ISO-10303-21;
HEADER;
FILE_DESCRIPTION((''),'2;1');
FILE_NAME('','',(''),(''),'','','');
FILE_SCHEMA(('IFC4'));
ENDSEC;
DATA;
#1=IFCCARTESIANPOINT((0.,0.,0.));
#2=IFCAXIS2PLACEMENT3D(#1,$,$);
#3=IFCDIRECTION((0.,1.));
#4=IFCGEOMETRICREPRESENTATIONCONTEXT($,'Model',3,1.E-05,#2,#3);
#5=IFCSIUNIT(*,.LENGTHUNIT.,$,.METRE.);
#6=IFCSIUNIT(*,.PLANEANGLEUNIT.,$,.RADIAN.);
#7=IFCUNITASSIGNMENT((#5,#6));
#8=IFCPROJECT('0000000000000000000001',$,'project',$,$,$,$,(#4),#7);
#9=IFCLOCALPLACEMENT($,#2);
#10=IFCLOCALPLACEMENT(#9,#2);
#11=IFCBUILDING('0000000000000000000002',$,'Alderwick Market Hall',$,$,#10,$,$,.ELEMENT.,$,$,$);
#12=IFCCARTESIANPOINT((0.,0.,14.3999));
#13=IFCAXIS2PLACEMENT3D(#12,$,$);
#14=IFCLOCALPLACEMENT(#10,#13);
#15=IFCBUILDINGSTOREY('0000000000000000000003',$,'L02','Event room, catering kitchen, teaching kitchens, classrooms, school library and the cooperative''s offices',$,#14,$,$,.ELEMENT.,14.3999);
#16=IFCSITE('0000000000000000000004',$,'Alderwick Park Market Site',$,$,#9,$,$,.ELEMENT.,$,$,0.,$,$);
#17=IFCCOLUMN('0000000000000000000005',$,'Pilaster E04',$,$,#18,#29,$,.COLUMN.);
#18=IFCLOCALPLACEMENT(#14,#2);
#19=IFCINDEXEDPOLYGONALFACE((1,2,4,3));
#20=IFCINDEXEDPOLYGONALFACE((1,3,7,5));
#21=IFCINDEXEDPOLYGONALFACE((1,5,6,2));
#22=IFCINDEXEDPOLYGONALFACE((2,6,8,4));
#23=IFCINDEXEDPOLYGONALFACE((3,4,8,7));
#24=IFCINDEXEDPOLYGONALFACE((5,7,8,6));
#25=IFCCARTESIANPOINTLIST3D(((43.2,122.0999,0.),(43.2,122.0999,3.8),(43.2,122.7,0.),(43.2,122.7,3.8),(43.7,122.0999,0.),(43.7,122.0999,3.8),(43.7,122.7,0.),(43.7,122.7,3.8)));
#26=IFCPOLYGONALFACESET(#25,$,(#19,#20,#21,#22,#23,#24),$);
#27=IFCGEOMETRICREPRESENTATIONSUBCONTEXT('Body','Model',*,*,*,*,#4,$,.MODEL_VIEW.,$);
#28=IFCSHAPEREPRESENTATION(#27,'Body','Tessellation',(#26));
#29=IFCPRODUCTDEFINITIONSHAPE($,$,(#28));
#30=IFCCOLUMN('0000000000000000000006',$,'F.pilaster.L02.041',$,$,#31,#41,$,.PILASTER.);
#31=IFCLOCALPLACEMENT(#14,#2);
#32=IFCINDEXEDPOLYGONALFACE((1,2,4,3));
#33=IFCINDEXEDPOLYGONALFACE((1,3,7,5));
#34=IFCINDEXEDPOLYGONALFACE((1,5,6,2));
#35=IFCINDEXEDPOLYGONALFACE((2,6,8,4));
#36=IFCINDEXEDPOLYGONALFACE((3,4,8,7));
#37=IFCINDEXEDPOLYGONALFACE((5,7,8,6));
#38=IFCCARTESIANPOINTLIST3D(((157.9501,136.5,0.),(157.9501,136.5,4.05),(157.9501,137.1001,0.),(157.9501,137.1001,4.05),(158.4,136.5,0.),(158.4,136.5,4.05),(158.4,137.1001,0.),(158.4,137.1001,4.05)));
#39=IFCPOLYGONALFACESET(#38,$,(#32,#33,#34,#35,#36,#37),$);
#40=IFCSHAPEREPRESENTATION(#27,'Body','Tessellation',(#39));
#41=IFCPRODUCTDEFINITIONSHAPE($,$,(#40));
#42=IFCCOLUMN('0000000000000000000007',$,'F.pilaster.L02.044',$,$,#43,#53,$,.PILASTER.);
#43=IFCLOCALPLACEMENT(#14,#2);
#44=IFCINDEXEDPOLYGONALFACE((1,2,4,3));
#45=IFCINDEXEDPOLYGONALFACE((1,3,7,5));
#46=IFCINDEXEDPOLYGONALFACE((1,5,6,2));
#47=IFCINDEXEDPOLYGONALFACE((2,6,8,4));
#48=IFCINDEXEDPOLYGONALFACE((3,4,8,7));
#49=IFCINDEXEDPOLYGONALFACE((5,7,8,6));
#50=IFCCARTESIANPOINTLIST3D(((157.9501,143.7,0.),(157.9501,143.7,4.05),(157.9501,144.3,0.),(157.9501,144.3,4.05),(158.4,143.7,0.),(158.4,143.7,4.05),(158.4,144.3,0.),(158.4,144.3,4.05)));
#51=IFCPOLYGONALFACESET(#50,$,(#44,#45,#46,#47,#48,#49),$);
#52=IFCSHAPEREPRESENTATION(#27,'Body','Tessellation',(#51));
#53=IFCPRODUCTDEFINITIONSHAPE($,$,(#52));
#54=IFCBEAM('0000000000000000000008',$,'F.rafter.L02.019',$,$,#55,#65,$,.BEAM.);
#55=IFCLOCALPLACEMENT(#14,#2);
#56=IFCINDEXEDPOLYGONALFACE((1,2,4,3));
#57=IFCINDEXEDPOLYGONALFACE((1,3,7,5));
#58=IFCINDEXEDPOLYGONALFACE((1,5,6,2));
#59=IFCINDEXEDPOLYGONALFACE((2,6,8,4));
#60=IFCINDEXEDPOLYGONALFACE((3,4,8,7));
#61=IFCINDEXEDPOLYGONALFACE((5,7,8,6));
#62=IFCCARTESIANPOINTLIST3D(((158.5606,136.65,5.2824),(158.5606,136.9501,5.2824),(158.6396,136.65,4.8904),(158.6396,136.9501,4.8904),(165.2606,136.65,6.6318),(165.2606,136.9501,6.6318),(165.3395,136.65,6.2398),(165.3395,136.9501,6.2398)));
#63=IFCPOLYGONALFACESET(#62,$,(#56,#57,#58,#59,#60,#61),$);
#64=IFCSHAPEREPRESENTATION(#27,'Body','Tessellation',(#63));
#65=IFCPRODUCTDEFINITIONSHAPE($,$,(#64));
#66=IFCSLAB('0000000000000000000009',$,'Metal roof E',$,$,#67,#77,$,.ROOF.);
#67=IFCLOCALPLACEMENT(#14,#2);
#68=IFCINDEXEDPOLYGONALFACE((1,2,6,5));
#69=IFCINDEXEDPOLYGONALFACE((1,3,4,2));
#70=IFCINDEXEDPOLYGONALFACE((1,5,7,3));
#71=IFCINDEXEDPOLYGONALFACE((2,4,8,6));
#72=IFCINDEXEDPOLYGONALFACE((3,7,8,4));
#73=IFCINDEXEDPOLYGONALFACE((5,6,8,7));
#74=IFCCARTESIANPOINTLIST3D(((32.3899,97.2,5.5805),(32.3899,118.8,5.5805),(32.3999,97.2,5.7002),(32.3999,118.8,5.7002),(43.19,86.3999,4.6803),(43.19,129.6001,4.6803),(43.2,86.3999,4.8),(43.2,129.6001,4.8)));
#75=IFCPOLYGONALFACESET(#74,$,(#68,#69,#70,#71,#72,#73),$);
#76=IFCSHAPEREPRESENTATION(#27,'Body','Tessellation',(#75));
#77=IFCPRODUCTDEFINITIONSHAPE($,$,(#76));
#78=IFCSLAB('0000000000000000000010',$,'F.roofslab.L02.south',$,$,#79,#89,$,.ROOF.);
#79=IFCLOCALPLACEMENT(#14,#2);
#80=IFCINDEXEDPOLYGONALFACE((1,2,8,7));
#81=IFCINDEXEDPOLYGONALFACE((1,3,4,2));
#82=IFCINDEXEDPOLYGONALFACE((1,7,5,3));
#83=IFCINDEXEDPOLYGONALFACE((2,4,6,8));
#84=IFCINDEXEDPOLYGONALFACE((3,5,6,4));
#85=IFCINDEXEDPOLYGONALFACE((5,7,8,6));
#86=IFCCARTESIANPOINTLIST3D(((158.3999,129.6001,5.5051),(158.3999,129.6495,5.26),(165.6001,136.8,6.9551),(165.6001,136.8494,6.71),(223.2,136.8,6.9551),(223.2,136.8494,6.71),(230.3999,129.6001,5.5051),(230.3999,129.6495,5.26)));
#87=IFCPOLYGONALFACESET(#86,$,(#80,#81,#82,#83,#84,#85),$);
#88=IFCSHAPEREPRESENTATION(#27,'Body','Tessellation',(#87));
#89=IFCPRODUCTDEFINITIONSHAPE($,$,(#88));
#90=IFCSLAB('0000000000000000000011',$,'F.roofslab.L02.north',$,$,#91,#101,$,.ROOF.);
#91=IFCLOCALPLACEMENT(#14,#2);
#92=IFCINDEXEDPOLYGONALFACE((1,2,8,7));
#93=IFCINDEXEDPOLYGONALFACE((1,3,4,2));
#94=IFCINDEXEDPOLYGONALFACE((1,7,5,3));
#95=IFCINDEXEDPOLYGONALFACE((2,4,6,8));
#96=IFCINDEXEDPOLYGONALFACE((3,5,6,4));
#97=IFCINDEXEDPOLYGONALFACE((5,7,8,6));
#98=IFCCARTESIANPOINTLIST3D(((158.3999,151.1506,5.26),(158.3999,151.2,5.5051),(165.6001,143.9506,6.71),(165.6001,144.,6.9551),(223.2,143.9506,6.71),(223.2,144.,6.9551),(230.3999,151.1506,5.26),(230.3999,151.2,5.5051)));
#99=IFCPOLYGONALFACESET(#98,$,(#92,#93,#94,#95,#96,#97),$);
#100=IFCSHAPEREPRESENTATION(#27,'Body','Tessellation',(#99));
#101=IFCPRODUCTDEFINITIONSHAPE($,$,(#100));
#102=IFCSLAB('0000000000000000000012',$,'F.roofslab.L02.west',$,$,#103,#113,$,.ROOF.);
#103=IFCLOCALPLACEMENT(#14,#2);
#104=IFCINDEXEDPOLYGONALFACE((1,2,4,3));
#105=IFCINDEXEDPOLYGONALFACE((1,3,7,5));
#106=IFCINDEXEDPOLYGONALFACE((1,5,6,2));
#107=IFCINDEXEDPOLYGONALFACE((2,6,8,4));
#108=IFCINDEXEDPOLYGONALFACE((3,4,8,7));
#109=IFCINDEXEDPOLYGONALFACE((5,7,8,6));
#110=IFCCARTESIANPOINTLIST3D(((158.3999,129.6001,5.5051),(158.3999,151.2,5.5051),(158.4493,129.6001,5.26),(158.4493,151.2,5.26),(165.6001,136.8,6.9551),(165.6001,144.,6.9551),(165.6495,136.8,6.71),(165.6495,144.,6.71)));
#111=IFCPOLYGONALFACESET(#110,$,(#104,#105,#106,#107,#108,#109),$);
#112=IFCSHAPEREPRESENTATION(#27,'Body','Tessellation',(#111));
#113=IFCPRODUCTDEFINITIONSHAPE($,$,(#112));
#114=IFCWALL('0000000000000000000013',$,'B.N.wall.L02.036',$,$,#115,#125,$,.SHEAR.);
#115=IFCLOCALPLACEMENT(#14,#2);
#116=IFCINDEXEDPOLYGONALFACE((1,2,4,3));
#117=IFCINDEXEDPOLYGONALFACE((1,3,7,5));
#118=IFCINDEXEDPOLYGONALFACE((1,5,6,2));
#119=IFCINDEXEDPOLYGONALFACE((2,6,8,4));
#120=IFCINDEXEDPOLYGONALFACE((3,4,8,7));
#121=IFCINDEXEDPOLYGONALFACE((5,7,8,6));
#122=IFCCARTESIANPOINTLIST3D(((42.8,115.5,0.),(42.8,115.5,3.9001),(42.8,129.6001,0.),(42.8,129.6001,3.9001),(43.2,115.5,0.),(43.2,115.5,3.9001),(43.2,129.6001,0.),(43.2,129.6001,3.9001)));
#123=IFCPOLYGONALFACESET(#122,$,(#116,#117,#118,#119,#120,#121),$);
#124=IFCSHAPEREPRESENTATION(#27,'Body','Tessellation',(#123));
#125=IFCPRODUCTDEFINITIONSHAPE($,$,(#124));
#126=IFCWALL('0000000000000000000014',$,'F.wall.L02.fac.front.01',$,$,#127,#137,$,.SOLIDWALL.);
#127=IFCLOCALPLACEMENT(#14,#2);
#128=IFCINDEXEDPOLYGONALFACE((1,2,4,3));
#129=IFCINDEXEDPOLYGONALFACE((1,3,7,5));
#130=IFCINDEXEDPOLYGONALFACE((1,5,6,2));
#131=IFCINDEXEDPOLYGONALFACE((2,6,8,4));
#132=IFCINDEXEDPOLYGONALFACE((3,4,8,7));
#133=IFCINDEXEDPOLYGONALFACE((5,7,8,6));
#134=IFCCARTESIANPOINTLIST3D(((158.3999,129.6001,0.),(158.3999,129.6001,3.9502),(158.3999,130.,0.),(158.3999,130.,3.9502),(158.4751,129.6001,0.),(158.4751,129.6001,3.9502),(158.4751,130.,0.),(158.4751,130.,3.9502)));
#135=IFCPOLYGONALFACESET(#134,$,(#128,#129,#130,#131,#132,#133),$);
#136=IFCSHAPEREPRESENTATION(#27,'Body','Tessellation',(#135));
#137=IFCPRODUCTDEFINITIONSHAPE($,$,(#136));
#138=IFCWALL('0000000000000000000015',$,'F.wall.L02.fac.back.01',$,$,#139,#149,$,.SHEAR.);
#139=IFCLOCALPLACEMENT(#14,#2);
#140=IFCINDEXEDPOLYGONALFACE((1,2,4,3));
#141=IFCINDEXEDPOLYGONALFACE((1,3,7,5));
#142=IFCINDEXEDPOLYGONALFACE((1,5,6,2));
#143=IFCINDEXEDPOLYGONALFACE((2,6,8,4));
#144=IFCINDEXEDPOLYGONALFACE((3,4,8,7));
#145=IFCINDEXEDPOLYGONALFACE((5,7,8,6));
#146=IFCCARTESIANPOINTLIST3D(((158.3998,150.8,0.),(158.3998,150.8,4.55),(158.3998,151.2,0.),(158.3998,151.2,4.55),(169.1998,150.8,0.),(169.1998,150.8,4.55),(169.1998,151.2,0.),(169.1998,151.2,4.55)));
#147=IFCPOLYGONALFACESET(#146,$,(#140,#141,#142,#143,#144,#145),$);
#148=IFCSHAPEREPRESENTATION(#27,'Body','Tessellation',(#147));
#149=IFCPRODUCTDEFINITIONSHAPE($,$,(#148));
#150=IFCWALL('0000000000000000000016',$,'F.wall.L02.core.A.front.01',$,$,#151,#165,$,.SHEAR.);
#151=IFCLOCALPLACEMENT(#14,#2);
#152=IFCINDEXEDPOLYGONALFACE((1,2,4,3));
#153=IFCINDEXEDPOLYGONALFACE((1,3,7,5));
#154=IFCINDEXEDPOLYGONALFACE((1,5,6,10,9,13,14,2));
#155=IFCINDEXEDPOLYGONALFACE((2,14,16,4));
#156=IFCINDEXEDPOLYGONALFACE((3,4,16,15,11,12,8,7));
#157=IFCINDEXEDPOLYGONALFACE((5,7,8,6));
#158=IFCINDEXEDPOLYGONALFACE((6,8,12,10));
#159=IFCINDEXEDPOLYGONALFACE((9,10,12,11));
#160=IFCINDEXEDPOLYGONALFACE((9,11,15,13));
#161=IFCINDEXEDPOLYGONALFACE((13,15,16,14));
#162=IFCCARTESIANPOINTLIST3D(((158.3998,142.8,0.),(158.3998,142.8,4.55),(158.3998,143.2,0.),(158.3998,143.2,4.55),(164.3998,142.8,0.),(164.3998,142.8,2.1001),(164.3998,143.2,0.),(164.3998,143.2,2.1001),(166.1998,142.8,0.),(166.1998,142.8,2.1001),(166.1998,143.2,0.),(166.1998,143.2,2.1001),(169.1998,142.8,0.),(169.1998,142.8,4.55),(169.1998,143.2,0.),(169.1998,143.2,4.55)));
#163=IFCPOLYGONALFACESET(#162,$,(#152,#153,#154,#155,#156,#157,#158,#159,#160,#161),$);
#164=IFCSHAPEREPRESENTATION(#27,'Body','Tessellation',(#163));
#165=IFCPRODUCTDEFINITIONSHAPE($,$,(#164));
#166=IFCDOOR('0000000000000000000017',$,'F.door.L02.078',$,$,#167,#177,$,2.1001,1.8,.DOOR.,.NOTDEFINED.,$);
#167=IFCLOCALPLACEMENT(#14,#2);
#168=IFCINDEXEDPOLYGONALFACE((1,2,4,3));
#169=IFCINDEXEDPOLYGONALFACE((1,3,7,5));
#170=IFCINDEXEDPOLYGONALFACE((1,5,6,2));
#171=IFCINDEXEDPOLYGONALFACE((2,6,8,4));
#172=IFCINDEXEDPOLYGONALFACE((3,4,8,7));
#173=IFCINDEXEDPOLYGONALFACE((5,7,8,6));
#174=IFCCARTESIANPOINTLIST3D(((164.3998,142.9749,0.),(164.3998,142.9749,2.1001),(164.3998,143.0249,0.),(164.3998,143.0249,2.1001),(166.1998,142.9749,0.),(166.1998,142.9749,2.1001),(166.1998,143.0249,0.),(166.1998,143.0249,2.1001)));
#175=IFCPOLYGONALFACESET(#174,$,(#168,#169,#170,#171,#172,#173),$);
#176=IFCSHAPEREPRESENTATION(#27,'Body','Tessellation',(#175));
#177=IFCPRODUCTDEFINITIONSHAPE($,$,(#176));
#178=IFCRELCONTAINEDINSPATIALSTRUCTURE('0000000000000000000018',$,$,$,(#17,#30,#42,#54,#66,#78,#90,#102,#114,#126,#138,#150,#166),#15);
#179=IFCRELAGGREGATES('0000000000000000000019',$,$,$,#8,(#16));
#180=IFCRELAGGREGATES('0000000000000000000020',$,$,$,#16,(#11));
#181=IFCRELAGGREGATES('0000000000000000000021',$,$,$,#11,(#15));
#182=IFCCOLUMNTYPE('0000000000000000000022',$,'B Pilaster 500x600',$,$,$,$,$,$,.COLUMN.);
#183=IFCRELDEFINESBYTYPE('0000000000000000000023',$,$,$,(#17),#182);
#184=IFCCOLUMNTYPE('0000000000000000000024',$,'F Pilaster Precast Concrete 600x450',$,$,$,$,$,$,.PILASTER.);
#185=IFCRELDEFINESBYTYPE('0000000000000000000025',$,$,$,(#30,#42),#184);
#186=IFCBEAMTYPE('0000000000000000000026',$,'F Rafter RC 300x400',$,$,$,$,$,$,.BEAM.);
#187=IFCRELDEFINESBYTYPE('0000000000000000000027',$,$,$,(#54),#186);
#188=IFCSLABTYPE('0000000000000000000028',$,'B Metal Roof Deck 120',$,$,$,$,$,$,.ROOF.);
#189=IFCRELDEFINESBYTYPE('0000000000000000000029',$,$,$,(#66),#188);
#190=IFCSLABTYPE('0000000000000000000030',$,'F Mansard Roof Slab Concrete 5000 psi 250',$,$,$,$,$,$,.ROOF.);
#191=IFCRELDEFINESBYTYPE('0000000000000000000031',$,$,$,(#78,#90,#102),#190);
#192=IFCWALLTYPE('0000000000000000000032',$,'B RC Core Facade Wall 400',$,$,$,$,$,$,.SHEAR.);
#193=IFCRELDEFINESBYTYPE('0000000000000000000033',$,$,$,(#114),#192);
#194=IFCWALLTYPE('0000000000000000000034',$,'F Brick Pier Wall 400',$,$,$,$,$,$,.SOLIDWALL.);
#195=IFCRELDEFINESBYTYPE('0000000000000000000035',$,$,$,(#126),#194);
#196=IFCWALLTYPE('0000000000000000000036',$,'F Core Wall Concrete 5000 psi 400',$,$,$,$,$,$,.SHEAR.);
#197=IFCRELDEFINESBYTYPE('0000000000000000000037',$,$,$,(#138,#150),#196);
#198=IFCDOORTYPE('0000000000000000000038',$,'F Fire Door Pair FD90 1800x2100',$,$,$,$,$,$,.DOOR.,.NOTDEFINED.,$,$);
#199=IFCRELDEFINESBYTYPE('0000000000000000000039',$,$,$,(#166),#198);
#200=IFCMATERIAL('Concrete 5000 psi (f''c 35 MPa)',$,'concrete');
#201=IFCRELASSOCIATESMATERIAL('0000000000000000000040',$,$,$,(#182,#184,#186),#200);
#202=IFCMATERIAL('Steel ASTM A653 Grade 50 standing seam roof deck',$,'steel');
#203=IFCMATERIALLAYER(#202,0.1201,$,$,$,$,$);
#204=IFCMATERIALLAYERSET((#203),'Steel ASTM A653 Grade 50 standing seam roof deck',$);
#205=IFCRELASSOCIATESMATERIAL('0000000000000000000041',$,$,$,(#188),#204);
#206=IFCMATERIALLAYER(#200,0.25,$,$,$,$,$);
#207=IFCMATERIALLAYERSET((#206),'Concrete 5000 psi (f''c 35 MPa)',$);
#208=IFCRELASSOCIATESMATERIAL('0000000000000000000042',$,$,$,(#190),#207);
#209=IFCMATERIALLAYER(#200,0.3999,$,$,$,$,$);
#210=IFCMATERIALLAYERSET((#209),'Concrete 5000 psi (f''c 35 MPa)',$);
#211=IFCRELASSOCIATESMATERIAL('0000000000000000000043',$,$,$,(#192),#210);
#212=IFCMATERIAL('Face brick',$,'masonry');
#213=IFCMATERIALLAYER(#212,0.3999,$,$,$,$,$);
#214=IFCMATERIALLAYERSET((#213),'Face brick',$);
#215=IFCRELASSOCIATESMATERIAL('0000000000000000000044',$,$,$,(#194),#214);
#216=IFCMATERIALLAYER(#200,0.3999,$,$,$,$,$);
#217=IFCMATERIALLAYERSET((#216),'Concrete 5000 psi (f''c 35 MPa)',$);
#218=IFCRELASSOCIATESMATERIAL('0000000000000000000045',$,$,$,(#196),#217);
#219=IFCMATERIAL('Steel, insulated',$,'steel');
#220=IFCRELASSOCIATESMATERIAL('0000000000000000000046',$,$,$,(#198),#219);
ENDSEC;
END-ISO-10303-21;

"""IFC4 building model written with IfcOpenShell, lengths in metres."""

from ifc_helpers import new_model, si_unit, direction, frame, frame_2d, origin, origin_2d, place, context, subcontext, project, spatial, polyline, rectangle, outline, extrude, material, layer, layer_set, material_profile, profile_set, type_object, element, fill, save


model = new_model("IFC4")

# Units and contexts
model_context = context("Model", 3, precision=1e-05, world=origin(), true_north=direction((0.0, 1.0)))
body_context = subcontext(model_context, "Body", "Model", "MODEL_VIEW")
ifc_project = project(units=[si_unit("LENGTHUNIT", "METRE"), si_unit("PLANEANGLEUNIT", "RADIAN")], contexts=[model_context])

# Site, building, storey
site_placement = place(None, origin())
site = spatial("IfcSite", under=ifc_project, at=site_placement, Name="Alderwick Park Market Site", CompositionType="ELEMENT", RefElevation=0.0)
building_placement = place(site_placement, origin())
building = spatial("IfcBuilding", under=site, at=building_placement, Name="Alderwick Market Hall", CompositionType="ELEMENT")
storey_placement = place(building_placement, frame((0.0, 0.0, 14.3999)))
storey = spatial("IfcBuildingStorey", under=building, at=storey_placement, Name="L02", Description="Event room, catering kitchen, teaching kitchens, classrooms, school library and the cooperative's offices", CompositionType="ELEMENT", Elevation=14.3999)

# Columns
ifc_material_1 = material(Name="Concrete 5000 psi (f'c 35 MPa)", Category="concrete")
ifc_material_profile_1 = material_profile(ifc_material_1, rectangle(XDim=0.5, YDim=0.6001, at=origin_2d()), Name="B Pilaster 500x600")
ifc_profile_set_1 = profile_set([ifc_material_profile_1], Name="Concrete 5000 psi (f'c 35 MPa)")
column_type_1 = type_object("IfcColumnType", Name="B Pilaster 500x600", PredefinedType="COLUMN", material=ifc_profile_set_1)
column_placement = place(storey_placement, frame((43.45, 122.3999, 0.0), z_axis=(0.0, 0.0, 1.0), x_axis=(1.0, 0.0, 0.0)))
element("IfcColumn", 1, at=column_placement, inside=storey, type_object=column_type_1, Name="Pilaster E04", PredefinedType="COLUMN", context=body_context, shape_type="SweptSolid", body=[
    extrude(rectangle(XDim=0.5, YDim=0.6001, at=origin_2d()), origin(), (0.0, 0.0, 1.0), 3.8),
])
ifc_material_profile_2 = material_profile(ifc_material_1, rectangle(XDim=0.6001, YDim=0.45, at=origin_2d()), Name="PC 600x450")
ifc_profile_set_2 = profile_set([ifc_material_profile_2], Name="Concrete 5000 psi (f'c 35 MPa)")
column_type_2 = type_object("IfcColumnType", Name="F Pilaster Precast Concrete 600x450", PredefinedType="PILASTER", material=ifc_profile_set_2)
for number, where, z_axis, x_axis, name in (
    (2, (158.175, 136.8, 0.0), (0.0, 0.0, 1.0), (0.0, 1.0, 0.0), "F.pilaster.L02.041"),
    (3, (158.175, 144.0, 0.0), (0.0, 0.0, 1.0), (0.0, 1.0, 0.0), "F.pilaster.L02.044"),
):
    element("IfcColumn", number, at=place(storey_placement, frame(where, z_axis=z_axis, x_axis=x_axis)), inside=storey, type_object=column_type_2, Name=name, PredefinedType="PILASTER", context=body_context, shape_type="SweptSolid", body=[
        extrude(rectangle(XDim=0.6001, YDim=0.45, at=origin_2d()), origin(), (0.0, 0.0, 1.0), 4.05),
    ])

# Beam
ifc_material_profile_3 = material_profile(ifc_material_1, rectangle(XDim=0.3, YDim=0.3999, at=origin_2d()), Name="RC 300x400")
ifc_profile_set_3 = profile_set([ifc_material_profile_3], Name="Concrete 5000 psi (f'c 35 MPa)")
beam_type = type_object("IfcBeamType", Name="F Rafter RC 300x400", PredefinedType="BEAM", material=ifc_profile_set_3)
beam_placement = place(storey_placement, frame((158.6001, 136.8, 5.0864), z_axis=(0.980316, 0.0, 0.197435), x_axis=(0.0, 1.0, 0.0)))
element("IfcBeam", 4, at=beam_placement, inside=storey, type_object=beam_type, Name="F.rafter.L02.019", PredefinedType="BEAM", context=body_context, shape_type="SweptSolid", body=[
    extrude(rectangle(XDim=0.3, YDim=0.3999, at=origin_2d()), origin(), (0.0, 0.0, 1.0), 6.8345),
])

# Slabs
ifc_material_2 = material(Name="Steel ASTM A653 Grade 50 standing seam roof deck", Category="steel")
ifc_layer_1 = layer(ifc_material_2, 0.1201)
ifc_layer_set_1 = layer_set([ifc_layer_1], Name="Steel ASTM A653 Grade 50 standing seam roof deck")
slab_type_1 = type_object("IfcSlabType", Name="B Metal Roof Deck 120", PredefinedType="ROOF", material=ifc_layer_set_1)
slab_1_placement = place(storey_placement, frame((43.2, 129.6001, 4.8), z_axis=(0.083059, 0.0, 0.996545), x_axis=(0.0, -1.0, 0.0)))
element("IfcSlab", 5, at=slab_1_placement, inside=storey, type_object=slab_type_1, Name="Metal roof E", PredefinedType="ROOF", context=body_context, shape_type="SweptSolid", body=[
    extrude(outline(polyline([(0.0, 0.0), (43.2002, 0.0), (32.4001, -10.8375), (10.8, -10.8375), (0.0, 0.0)])), origin(), (0.0, 0.0, -1.0), 0.1201),
])
ifc_layer_2 = layer(ifc_material_1, 0.25)
ifc_layer_set_2 = layer_set([ifc_layer_2], Name="Concrete 5000 psi (f'c 35 MPa)")
slab_type_2 = type_object("IfcSlabType", Name="F Mansard Roof Slab Concrete 5000 psi 250", PredefinedType="ROOF", material=ifc_layer_set_2)
slab_2_placement = place(storey_placement, frame((158.3999, 129.6001, 5.5051), z_axis=(0.0, -0.19742, 0.980319), x_axis=(1.0, 0.0, 0.0)))
element("IfcSlab", 6, at=slab_2_placement, inside=storey, type_object=slab_type_2, Name="F.roofslab.L02.south", PredefinedType="ROOF", context=body_context, shape_type="SweptSolid", body=[
    extrude(outline(polyline([(0.0, 0.0), (72.0, 0.0), (64.8, 7.3445), (7.2002, 7.3445), (0.0, 0.0)])), origin(), (0.0, 0.0, -1.0), 0.25),
])
slab_3_placement = place(storey_placement, frame((158.3999, 151.2, 5.5051), z_axis=(0.0, 0.19742, 0.980319), x_axis=(1.0, 0.0, 0.0)))
element("IfcSlab", 7, at=slab_3_placement, inside=storey, type_object=slab_type_2, Name="F.roofslab.L02.north", PredefinedType="ROOF", context=body_context, shape_type="SweptSolid", body=[
    extrude(outline(polyline([(0.0, 0.0), (72.0, 0.0), (64.8, -7.3445), (7.2002, -7.3445), (0.0, 0.0)])), origin(), (0.0, 0.0, -1.0), 0.25),
])
slab_4_placement = place(storey_placement, frame((158.3999, 129.6001, 5.5051), z_axis=(-0.197414, 0.0, 0.98032), x_axis=(0.0, 1.0, 0.0)))
element("IfcSlab", 8, at=slab_4_placement, inside=storey, type_object=slab_type_2, Name="F.roofslab.L02.west", PredefinedType="ROOF", context=body_context, shape_type="SweptSolid", body=[
    extrude(outline(polyline([(0.0, 0.0), (21.5999, 0.0), (14.3999, -7.3447), (7.2, -7.3447), (0.0, 0.0)])), origin(), (0.0, 0.0, -1.0), 0.25),
])

# Walls
ifc_layer_3 = layer(ifc_material_1, 0.3999)
ifc_layer_set_3 = layer_set([ifc_layer_3], Name="Concrete 5000 psi (f'c 35 MPa)")
wall_type_1 = type_object("IfcWallType", Name="B RC Core Facade Wall 400", PredefinedType="SHEAR", material=ifc_layer_set_3)
wall_1_placement = place(storey_placement, frame((43.0, 115.5, 0.0), z_axis=(0.0, 0.0, 1.0), x_axis=(0.0, 1.0, 0.0)))
element("IfcWall", 9, at=wall_1_placement, inside=storey, type_object=wall_type_1, Name="B.N.wall.L02.036", PredefinedType="SHEAR", context=body_context, shape_type="SweptSolid", body=[
    extrude(rectangle(XDim=14.1001, YDim=0.3999, at=frame_2d((7.05, 0.0))), origin(), (0.0, 0.0, 1.0), 3.9001),
])
ifc_material_3 = material(Name="Face brick", Category="masonry")
ifc_layer_4 = layer(ifc_material_3, 0.3999)
ifc_layer_set_4 = layer_set([ifc_layer_4], Name="Face brick")
wall_type_2 = type_object("IfcWallType", Name="F Brick Pier Wall 400", PredefinedType="SOLIDWALL", material=ifc_layer_set_4)
wall_2_placement = place(storey_placement, frame((158.4751, 129.8, 0.0), z_axis=(0.0, 0.0, 1.0), x_axis=(-1.0, 0.0, 0.0)))
element("IfcWall", 10, at=wall_2_placement, inside=storey, type_object=wall_type_2, Name="F.wall.L02.fac.front.01", PredefinedType="SOLIDWALL", context=body_context, shape_type="SweptSolid", body=[
    extrude(rectangle(XDim=0.0752, YDim=0.3999, at=frame_2d((0.0376, 0.0))), origin(), (0.0, 0.0, 1.0), 3.9502),
])
ifc_layer_5 = layer(ifc_material_1, 0.3999)
ifc_layer_set_5 = layer_set([ifc_layer_5], Name="Concrete 5000 psi (f'c 35 MPa)")
wall_type_3 = type_object("IfcWallType", Name="F Core Wall Concrete 5000 psi 400", PredefinedType="SHEAR", material=ifc_layer_set_5)
wall_3_placement = place(storey_placement, frame((158.3999, 151.0, 0.0), z_axis=(0.0, 0.0, 1.0), x_axis=(1.0, 0.0, 0.0)))
element("IfcWall", 11, at=wall_3_placement, inside=storey, type_object=wall_type_3, Name="F.wall.L02.fac.back.01", PredefinedType="SHEAR", context=body_context, shape_type="SweptSolid", body=[
    extrude(rectangle(XDim=10.8, YDim=0.3999, at=frame_2d((5.3999, 0.0))), origin(), (0.0, 0.0, 1.0), 4.55),
])

# Wall, opening, door
wall_4_placement = place(storey_placement, frame((158.3999, 143.0, 0.0), z_axis=(0.0, 0.0, 1.0), x_axis=(1.0, 0.0, 0.0)))
wall_4 = element("IfcWall", 12, at=wall_4_placement, inside=storey, type_object=wall_type_3, Name="F.wall.L02.core.A.front.01", PredefinedType="SHEAR", context=body_context, shape_type="SweptSolid", body=[
    extrude(rectangle(XDim=10.8, YDim=0.3999, at=frame_2d((5.3999, 0.0))), origin(), (0.0, 0.0, 1.0), 4.55),
])
opening_1_placement = place(wall_4_placement, frame((6.0, 0.0, 0.0)))
opening_1 = element("IfcOpeningElement", 13, at=opening_1_placement, cuts=wall_4, PredefinedType="OPENING", context=body_context, shape_type="SweptSolid", body=[
    extrude(rectangle(XDim=1.8, YDim=2.1001, at=frame_2d((0.8999, 1.05))), frame((0.0, 0.21, 0.0), z_axis=(0.0, -1.0, 0.0), x_axis=(1.0, 0.0, 0.0)), (0.0, 0.0, 1.0), 0.4199),
])
ifc_material_4 = material(Name="Steel, insulated", Category="steel")
door_type = type_object("IfcDoorType", Name="F Fire Door Pair FD90 1800x2100", OperationType="NOTDEFINED", PredefinedType="DOOR", material=ifc_material_4)
door_placement = place(opening_1_placement, origin())
door = element("IfcDoor", 14, at=door_placement, inside=storey, type_object=door_type, Name="F.door.L02.078", OperationType="NOTDEFINED", OverallHeight=2.1001, OverallWidth=1.8, PredefinedType="DOOR", context=body_context, shape_type="SweptSolid", body=[
    extrude(rectangle(XDim=1.8, YDim=2.1001, at=frame_2d((0.8999, 1.05))), frame((0.0, 0.0249, 0.0), z_axis=(0.0, -1.0, 0.0), x_axis=(1.0, 0.0, 0.0)), (0.0, 0.0, 1.0), 0.05),
])
fill(opening_1, door)

save(model, "model.ifc")
